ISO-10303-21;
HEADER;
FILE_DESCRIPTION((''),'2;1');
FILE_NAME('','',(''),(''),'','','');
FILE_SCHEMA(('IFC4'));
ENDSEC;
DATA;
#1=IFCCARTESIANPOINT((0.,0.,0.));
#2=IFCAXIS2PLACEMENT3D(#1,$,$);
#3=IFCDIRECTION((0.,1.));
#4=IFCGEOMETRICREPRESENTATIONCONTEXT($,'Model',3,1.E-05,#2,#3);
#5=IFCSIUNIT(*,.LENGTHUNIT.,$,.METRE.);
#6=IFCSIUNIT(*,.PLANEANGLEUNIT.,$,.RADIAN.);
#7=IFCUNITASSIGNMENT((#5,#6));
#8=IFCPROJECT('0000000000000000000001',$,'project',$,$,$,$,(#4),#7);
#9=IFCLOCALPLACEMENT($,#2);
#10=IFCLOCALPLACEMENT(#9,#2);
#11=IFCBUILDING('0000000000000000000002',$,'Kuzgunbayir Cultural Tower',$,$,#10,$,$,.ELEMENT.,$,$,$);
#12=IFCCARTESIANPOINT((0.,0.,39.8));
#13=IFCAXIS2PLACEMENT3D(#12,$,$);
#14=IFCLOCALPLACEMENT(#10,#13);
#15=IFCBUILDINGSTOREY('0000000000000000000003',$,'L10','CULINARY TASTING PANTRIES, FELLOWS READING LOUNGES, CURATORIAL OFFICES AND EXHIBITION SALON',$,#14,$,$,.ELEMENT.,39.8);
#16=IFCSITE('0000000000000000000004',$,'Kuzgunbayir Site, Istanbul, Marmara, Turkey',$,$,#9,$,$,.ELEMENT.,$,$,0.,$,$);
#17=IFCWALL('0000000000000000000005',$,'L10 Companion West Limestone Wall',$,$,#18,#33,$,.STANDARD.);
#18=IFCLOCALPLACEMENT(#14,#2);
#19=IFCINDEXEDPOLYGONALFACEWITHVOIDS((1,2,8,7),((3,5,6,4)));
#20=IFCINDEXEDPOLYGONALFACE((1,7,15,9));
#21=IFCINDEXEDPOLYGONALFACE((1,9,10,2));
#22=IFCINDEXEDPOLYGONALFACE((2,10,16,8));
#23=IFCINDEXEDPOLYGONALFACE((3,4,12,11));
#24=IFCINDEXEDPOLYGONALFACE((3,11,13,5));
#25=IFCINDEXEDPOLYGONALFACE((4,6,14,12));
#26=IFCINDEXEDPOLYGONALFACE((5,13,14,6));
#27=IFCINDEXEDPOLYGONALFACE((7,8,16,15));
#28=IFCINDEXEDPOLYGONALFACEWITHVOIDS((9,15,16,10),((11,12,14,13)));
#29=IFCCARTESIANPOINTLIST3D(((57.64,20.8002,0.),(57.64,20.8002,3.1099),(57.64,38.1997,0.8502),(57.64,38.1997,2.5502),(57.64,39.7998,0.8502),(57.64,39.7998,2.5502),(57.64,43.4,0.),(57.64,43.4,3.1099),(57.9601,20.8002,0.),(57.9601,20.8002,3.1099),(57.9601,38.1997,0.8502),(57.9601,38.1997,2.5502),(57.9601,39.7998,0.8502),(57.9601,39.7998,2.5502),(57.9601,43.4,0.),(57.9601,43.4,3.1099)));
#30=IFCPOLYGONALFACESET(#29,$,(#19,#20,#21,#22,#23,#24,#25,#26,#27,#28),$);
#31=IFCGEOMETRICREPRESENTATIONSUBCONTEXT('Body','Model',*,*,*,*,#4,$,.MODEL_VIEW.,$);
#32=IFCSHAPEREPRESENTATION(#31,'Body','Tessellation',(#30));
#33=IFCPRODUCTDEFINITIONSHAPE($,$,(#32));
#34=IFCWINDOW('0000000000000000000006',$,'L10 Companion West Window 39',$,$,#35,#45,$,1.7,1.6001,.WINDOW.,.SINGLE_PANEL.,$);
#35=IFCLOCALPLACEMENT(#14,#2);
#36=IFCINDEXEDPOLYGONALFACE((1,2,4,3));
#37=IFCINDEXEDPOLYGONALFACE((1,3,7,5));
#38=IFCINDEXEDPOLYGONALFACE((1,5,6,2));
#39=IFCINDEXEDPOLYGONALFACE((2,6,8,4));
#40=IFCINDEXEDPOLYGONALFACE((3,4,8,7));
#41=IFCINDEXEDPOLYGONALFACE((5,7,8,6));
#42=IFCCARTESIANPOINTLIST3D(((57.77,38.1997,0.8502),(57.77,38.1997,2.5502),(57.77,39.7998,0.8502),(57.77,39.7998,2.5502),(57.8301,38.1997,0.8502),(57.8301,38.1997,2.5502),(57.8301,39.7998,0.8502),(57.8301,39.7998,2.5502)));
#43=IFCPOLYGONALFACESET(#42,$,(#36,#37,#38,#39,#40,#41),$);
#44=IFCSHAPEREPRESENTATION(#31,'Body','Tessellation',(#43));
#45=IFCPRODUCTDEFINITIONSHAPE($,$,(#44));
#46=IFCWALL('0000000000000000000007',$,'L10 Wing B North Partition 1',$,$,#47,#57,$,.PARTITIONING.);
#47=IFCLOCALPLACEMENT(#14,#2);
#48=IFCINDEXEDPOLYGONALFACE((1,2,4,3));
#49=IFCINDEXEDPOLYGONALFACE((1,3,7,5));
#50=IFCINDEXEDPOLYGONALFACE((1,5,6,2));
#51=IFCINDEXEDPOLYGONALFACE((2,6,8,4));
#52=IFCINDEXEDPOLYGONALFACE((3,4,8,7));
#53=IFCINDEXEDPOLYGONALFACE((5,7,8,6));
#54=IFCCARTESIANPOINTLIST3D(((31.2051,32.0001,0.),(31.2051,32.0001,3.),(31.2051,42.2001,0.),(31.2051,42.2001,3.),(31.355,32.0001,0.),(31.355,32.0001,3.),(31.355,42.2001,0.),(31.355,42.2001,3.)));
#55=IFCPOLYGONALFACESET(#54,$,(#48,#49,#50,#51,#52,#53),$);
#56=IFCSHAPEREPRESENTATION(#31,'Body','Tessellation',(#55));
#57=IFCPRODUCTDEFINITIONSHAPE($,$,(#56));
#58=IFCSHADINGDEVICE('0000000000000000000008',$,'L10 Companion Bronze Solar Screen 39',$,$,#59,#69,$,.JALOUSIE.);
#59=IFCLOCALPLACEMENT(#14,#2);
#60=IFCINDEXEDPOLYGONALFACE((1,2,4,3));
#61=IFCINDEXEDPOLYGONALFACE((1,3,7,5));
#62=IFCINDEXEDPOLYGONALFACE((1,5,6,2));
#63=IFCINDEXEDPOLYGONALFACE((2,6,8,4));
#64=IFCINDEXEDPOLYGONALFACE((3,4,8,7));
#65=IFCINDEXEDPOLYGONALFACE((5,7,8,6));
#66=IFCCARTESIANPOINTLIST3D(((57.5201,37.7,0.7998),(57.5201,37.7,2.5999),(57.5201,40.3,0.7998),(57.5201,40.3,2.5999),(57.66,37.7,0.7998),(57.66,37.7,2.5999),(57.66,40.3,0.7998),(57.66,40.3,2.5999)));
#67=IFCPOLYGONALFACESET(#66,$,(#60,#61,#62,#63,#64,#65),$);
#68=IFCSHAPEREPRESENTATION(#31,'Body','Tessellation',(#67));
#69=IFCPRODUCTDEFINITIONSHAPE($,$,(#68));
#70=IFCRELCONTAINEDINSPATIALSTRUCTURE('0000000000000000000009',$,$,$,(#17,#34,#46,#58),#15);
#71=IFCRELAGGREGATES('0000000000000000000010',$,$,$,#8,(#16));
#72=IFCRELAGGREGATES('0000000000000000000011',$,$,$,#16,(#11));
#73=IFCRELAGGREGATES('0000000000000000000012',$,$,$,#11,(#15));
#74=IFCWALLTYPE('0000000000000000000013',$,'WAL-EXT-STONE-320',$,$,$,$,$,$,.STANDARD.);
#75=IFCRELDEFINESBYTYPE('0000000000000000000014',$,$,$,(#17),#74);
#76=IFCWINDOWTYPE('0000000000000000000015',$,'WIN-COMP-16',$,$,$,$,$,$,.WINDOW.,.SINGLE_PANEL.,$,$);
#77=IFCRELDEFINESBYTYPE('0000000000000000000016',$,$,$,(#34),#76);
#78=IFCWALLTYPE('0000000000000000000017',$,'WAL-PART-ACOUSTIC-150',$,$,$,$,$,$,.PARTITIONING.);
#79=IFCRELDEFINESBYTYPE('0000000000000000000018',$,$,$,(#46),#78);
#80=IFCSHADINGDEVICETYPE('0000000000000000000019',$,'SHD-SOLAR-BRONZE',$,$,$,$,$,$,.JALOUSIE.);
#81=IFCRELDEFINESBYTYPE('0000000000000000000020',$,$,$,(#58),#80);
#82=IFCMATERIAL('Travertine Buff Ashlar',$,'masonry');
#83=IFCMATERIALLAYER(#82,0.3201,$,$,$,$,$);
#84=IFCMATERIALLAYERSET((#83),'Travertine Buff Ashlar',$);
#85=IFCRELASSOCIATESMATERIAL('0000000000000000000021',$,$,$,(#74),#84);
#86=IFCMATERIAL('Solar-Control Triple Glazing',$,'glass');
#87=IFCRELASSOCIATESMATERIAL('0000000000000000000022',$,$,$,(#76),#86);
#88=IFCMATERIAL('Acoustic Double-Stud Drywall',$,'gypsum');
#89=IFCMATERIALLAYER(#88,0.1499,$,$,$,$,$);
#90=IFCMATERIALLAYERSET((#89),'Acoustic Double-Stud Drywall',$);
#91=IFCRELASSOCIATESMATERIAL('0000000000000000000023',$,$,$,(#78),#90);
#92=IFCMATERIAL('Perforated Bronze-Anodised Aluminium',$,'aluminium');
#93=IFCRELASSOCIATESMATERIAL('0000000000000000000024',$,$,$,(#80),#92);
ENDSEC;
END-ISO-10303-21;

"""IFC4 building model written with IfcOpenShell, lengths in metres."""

from ifc_helpers import new_model, si_unit, direction, frame, frame_2d, origin, origin_2d, place, context, subcontext, project, spatial, rectangle, extrude, material, layer, layer_set, type_object, element, fill, save


model = new_model("IFC4")

# Units and contexts
model_context = context("Model", 3, precision=1e-05, world=origin(), true_north=direction((0.0, 1.0)))
body_context = subcontext(model_context, "Body", "Model", "MODEL_VIEW")
ifc_project = project(units=[si_unit("LENGTHUNIT", "METRE"), si_unit("PLANEANGLEUNIT", "RADIAN")], contexts=[model_context])

# Site, building, storey
site_placement = place(None, origin())
site = spatial("IfcSite", under=ifc_project, at=site_placement, Name="Kuzgunbayir Site, Istanbul, Marmara, Turkey", CompositionType="ELEMENT", RefElevation=0.0)
building_placement = place(site_placement, origin())
building = spatial("IfcBuilding", under=site, at=building_placement, Name="Kuzgunbayir Cultural Tower", CompositionType="ELEMENT")
storey_placement = place(building_placement, frame((0.0, 0.0, 39.8)))
storey = spatial("IfcBuildingStorey", under=building, at=storey_placement, Name="L10", Description="CULINARY TASTING PANTRIES, FELLOWS READING LOUNGES, CURATORIAL OFFICES AND EXHIBITION SALON", CompositionType="ELEMENT", Elevation=39.8)

# Shared definitions
ifc_material_1 = material(Name="Solar-Control Triple Glazing", Category="glass")

# Shared definitions
ifc_material_2 = material(Name="Travertine Buff Ashlar", Category="masonry")
ifc_layer_1 = layer(ifc_material_2, 0.3201)
ifc_layer_set_1 = layer_set([ifc_layer_1], Name="Travertine Buff Ashlar")
wall_type_1 = type_object("IfcWallType", Name="WAL-EXT-STONE-320", PredefinedType="STANDARD", material=ifc_layer_set_1)

# Wall, opening, window
wall_1_placement = place(storey_placement, frame((57.8, 43.3999, 0.0), z_axis=(0.0, 0.0, 1.0), x_axis=(0.0, -1.0, 0.0)))
wall_1 = element("IfcWall", 1, at=wall_1_placement, inside=storey, type_object=wall_type_1, Name="L10 Companion West Limestone Wall", PredefinedType="STANDARD", context=body_context, shape_type="SweptSolid", body=[
    extrude(rectangle(XDim=22.5999, YDim=0.3201, at=frame_2d((11.2998, 0.0))), origin(), (0.0, 0.0, 1.0), 3.1099),
])
opening_placement = place(wall_1_placement, frame((3.6001, 0.0, 0.8501)))
opening = element("IfcOpeningElement", 2, at=opening_placement, cuts=wall_1, PredefinedType="OPENING", context=body_context, shape_type="SweptSolid", body=[
    extrude(rectangle(XDim=1.6001, YDim=1.7, at=frame_2d((0.8, 0.8501))), frame((0.0, 0.1699, 0.0), z_axis=(0.0, -1.0, 0.0), x_axis=(1.0, 0.0, 0.0)), (0.0, 0.0, 1.0), 0.3401),
])
window_type = type_object("IfcWindowType", Name="WIN-COMP-16", PartitioningType="SINGLE_PANEL", PredefinedType="WINDOW", material=ifc_material_1)
window_placement = place(opening_placement, origin())
window = element("IfcWindow", 3, at=window_placement, inside=storey, type_object=window_type, Name="L10 Companion West Window 39", OverallHeight=1.7, OverallWidth=1.6001, PartitioningType="SINGLE_PANEL", PredefinedType="WINDOW", context=body_context, shape_type="SweptSolid", body=[
    extrude(rectangle(XDim=1.6001, YDim=1.7, at=frame_2d((0.8, 0.8501))), frame((0.0, 0.03, 0.0), z_axis=(0.0, -1.0, 0.0), x_axis=(1.0, 0.0, 0.0)), (0.0, 0.0, 1.0), 0.0601),
])
fill(opening, window)

# Wall
ifc_material_3 = material(Name="Acoustic Double-Stud Drywall", Category="gypsum")
ifc_layer_2 = layer(ifc_material_3, 0.1499)
ifc_layer_set_2 = layer_set([ifc_layer_2], Name="Acoustic Double-Stud Drywall")
wall_type_2 = type_object("IfcWallType", Name="WAL-PART-ACOUSTIC-150", PredefinedType="PARTITIONING", material=ifc_layer_set_2)
wall_2_placement = place(storey_placement, frame((31.28, 32.0, 0.0), z_axis=(0.0, 0.0, 1.0), x_axis=(0.0, 1.0, 0.0)))
element("IfcWall", 4, at=wall_2_placement, inside=storey, type_object=wall_type_2, Name="L10 Wing B North Partition 1", PredefinedType="PARTITIONING", context=body_context, shape_type="SweptSolid", body=[
    extrude(rectangle(XDim=10.2, YDim=0.1499, at=frame_2d((5.1001, 0.0))), origin(), (0.0, 0.0, 1.0), 3.0),
])

# Shading device
ifc_material_4 = material(Name="Perforated Bronze-Anodised Aluminium", Category="aluminium")
shading_device_type = type_object("IfcShadingDeviceType", Name="SHD-SOLAR-BRONZE", PredefinedType="JALOUSIE", material=ifc_material_4)
shading_device_placement = place(storey_placement, frame((57.5901, 39.0, 0.7998), z_axis=(0.0, 0.0, 1.0), x_axis=(1.0, 0.0, 0.0)))
element("IfcShadingDevice", 5, at=shading_device_placement, inside=storey, type_object=shading_device_type, Name="L10 Companion Bronze Solar Screen 39", PredefinedType="JALOUSIE", context=body_context, shape_type="SweptSolid", body=[
    extrude(rectangle(XDim=0.1399, YDim=2.6001, at=origin_2d()), origin(), (0.0, 0.0, 1.0), 1.8),
])

save(model, "model.ifc")
